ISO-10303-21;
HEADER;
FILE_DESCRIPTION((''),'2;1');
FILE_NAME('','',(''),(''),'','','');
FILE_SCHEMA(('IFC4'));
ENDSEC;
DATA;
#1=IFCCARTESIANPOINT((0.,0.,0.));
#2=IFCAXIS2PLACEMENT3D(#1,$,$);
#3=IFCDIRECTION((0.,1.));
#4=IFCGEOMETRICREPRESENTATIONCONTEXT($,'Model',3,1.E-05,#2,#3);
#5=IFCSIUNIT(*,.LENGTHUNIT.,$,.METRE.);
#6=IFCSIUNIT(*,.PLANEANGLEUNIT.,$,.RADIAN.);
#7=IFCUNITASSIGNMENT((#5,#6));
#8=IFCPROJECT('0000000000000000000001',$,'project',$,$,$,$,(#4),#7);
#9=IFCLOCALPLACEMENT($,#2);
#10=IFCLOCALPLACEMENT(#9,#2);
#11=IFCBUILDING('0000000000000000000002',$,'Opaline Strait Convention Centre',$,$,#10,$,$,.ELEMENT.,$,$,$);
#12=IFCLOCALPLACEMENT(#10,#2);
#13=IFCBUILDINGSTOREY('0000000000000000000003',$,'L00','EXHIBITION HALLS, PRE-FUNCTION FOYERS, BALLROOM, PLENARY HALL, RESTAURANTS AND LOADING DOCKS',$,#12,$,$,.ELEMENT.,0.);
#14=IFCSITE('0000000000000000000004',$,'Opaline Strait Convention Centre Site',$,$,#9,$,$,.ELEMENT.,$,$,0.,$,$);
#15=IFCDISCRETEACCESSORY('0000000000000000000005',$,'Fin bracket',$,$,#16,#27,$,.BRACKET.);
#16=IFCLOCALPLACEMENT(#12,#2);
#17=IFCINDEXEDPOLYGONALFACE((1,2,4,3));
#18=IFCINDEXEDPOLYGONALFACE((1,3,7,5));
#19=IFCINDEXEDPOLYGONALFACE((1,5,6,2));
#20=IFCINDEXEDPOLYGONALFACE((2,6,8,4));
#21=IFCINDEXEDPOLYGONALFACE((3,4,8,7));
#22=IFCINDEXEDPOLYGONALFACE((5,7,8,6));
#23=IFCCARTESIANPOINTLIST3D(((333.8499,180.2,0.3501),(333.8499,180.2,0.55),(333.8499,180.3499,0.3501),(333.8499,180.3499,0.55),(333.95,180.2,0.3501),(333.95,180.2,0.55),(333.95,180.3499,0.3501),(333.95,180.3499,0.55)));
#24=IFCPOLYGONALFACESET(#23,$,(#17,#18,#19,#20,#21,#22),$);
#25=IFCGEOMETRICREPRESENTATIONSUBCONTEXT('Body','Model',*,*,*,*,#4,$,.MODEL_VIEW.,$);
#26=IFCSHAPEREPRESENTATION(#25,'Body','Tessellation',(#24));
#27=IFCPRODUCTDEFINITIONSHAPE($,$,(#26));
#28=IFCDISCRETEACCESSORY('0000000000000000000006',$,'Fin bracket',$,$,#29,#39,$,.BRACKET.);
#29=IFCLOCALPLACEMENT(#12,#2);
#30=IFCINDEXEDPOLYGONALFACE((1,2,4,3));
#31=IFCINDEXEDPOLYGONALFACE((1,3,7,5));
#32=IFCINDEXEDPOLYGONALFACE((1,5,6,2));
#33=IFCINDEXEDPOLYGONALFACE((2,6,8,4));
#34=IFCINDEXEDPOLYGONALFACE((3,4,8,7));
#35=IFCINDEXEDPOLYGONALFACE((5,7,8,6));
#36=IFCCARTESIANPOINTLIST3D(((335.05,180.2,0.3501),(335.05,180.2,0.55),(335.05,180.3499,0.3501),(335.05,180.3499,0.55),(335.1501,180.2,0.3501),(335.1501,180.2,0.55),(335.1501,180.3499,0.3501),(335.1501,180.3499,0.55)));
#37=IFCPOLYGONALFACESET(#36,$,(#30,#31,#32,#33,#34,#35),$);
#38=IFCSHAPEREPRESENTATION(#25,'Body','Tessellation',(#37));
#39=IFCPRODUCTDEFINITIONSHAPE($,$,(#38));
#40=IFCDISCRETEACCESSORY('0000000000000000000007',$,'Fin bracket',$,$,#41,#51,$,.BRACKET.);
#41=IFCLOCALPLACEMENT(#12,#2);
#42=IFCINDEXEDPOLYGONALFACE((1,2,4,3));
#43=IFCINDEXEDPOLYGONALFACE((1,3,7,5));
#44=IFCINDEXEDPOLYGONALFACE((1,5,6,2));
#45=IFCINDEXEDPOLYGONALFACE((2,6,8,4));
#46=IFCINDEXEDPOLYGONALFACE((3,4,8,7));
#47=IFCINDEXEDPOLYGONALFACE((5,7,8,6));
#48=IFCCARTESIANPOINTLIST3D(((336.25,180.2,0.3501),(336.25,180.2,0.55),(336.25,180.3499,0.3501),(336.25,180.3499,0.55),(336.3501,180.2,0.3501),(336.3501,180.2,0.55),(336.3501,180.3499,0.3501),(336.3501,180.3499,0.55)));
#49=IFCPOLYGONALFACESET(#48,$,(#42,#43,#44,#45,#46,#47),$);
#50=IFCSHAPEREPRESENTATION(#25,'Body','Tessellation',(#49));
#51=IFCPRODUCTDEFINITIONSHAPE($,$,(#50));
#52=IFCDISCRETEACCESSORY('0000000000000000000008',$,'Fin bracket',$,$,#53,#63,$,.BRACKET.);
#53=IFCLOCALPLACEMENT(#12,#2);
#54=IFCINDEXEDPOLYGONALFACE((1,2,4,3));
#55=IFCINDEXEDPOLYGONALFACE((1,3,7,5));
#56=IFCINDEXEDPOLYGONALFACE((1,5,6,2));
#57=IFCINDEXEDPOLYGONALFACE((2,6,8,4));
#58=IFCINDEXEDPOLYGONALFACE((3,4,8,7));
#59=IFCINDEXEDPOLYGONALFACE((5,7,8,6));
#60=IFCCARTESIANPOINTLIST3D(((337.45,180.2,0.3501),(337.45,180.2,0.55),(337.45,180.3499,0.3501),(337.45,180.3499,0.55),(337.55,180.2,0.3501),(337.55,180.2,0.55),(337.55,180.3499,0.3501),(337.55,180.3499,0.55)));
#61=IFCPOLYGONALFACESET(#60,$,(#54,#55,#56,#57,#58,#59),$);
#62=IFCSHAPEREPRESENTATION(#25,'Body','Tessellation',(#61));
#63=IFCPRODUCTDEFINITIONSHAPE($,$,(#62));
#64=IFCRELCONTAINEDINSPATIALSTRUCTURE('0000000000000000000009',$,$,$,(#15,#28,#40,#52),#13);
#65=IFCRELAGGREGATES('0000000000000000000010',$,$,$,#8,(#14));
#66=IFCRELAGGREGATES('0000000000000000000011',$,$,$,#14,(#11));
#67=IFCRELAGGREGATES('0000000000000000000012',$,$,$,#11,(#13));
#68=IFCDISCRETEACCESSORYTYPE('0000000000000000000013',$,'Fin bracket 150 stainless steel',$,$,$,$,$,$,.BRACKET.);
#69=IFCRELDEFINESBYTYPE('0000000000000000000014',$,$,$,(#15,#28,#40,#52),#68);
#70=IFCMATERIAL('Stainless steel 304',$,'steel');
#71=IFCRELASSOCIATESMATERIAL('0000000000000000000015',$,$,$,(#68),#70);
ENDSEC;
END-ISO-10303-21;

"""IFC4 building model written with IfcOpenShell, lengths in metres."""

from ifc_helpers import new_model, si_unit, direction, frame, origin, origin_2d, place, context, subcontext, project, spatial, rectangle, extrude, material, type_object, element, save


model = new_model("IFC4")

# Units and contexts
model_context = context("Model", 3, precision=1e-05, world=origin(), true_north=direction((0.0, 1.0)))
body_context = subcontext(model_context, "Body", "Model", "MODEL_VIEW")
ifc_project = project(units=[si_unit("LENGTHUNIT", "METRE"), si_unit("PLANEANGLEUNIT", "RADIAN")], contexts=[model_context])

# Site, building, storey
site_placement = place(None, origin())
site = spatial("IfcSite", under=ifc_project, at=site_placement, Name="Opaline Strait Convention Centre Site", CompositionType="ELEMENT", RefElevation=0.0)
building_placement = place(site_placement, origin())
building = spatial("IfcBuilding", under=site, at=building_placement, Name="Opaline Strait Convention Centre", CompositionType="ELEMENT")
storey_placement = place(building_placement, origin())
storey = spatial("IfcBuildingStorey", under=building, at=storey_placement, Name="L00", Description="EXHIBITION HALLS, PRE-FUNCTION FOYERS, BALLROOM, PLENARY HALL, RESTAURANTS AND LOADING DOCKS", CompositionType="ELEMENT", Elevation=0.0)

# Shared definitions
ifc_material_1 = material(Name="Stainless steel 304", Category="steel")

# Discrete accessories
discrete_accessory_type = type_object("IfcDiscreteAccessoryType", Name="Fin bracket 150 stainless steel", PredefinedType="BRACKET", material=ifc_material_1)
for number, where, z_axis, x_axis, name in (
    (1, (333.8999, 180.2749, 0.3501), (0.0, 0.0, 1.0), (1.0, 0.0, 0.0), "Fin bracket"),
    (2, (335.1001, 180.2749, 0.3501), (0.0, 0.0, 1.0), (1.0, 0.0, 0.0), "Fin bracket"),
    (3, (336.3, 180.2749, 0.3501), (0.0, 0.0, 1.0), (1.0, 0.0, 0.0), "Fin bracket"),
    (4, (337.5, 180.2749, 0.3501), (0.0, 0.0, 1.0), (1.0, 0.0, 0.0), "Fin bracket"),
):
    element("IfcDiscreteAccessory", number, at=place(storey_placement, frame(where, z_axis=z_axis, x_axis=x_axis)), inside=storey, type_object=discrete_accessory_type, Name=name, PredefinedType="BRACKET", context=body_context, shape_type="SweptSolid", body=[
        extrude(rectangle(XDim=0.1001, YDim=0.1499, at=origin_2d()), origin(), (0.0, 0.0, 1.0), 0.2),
    ])

save(model, "model.ifc")
